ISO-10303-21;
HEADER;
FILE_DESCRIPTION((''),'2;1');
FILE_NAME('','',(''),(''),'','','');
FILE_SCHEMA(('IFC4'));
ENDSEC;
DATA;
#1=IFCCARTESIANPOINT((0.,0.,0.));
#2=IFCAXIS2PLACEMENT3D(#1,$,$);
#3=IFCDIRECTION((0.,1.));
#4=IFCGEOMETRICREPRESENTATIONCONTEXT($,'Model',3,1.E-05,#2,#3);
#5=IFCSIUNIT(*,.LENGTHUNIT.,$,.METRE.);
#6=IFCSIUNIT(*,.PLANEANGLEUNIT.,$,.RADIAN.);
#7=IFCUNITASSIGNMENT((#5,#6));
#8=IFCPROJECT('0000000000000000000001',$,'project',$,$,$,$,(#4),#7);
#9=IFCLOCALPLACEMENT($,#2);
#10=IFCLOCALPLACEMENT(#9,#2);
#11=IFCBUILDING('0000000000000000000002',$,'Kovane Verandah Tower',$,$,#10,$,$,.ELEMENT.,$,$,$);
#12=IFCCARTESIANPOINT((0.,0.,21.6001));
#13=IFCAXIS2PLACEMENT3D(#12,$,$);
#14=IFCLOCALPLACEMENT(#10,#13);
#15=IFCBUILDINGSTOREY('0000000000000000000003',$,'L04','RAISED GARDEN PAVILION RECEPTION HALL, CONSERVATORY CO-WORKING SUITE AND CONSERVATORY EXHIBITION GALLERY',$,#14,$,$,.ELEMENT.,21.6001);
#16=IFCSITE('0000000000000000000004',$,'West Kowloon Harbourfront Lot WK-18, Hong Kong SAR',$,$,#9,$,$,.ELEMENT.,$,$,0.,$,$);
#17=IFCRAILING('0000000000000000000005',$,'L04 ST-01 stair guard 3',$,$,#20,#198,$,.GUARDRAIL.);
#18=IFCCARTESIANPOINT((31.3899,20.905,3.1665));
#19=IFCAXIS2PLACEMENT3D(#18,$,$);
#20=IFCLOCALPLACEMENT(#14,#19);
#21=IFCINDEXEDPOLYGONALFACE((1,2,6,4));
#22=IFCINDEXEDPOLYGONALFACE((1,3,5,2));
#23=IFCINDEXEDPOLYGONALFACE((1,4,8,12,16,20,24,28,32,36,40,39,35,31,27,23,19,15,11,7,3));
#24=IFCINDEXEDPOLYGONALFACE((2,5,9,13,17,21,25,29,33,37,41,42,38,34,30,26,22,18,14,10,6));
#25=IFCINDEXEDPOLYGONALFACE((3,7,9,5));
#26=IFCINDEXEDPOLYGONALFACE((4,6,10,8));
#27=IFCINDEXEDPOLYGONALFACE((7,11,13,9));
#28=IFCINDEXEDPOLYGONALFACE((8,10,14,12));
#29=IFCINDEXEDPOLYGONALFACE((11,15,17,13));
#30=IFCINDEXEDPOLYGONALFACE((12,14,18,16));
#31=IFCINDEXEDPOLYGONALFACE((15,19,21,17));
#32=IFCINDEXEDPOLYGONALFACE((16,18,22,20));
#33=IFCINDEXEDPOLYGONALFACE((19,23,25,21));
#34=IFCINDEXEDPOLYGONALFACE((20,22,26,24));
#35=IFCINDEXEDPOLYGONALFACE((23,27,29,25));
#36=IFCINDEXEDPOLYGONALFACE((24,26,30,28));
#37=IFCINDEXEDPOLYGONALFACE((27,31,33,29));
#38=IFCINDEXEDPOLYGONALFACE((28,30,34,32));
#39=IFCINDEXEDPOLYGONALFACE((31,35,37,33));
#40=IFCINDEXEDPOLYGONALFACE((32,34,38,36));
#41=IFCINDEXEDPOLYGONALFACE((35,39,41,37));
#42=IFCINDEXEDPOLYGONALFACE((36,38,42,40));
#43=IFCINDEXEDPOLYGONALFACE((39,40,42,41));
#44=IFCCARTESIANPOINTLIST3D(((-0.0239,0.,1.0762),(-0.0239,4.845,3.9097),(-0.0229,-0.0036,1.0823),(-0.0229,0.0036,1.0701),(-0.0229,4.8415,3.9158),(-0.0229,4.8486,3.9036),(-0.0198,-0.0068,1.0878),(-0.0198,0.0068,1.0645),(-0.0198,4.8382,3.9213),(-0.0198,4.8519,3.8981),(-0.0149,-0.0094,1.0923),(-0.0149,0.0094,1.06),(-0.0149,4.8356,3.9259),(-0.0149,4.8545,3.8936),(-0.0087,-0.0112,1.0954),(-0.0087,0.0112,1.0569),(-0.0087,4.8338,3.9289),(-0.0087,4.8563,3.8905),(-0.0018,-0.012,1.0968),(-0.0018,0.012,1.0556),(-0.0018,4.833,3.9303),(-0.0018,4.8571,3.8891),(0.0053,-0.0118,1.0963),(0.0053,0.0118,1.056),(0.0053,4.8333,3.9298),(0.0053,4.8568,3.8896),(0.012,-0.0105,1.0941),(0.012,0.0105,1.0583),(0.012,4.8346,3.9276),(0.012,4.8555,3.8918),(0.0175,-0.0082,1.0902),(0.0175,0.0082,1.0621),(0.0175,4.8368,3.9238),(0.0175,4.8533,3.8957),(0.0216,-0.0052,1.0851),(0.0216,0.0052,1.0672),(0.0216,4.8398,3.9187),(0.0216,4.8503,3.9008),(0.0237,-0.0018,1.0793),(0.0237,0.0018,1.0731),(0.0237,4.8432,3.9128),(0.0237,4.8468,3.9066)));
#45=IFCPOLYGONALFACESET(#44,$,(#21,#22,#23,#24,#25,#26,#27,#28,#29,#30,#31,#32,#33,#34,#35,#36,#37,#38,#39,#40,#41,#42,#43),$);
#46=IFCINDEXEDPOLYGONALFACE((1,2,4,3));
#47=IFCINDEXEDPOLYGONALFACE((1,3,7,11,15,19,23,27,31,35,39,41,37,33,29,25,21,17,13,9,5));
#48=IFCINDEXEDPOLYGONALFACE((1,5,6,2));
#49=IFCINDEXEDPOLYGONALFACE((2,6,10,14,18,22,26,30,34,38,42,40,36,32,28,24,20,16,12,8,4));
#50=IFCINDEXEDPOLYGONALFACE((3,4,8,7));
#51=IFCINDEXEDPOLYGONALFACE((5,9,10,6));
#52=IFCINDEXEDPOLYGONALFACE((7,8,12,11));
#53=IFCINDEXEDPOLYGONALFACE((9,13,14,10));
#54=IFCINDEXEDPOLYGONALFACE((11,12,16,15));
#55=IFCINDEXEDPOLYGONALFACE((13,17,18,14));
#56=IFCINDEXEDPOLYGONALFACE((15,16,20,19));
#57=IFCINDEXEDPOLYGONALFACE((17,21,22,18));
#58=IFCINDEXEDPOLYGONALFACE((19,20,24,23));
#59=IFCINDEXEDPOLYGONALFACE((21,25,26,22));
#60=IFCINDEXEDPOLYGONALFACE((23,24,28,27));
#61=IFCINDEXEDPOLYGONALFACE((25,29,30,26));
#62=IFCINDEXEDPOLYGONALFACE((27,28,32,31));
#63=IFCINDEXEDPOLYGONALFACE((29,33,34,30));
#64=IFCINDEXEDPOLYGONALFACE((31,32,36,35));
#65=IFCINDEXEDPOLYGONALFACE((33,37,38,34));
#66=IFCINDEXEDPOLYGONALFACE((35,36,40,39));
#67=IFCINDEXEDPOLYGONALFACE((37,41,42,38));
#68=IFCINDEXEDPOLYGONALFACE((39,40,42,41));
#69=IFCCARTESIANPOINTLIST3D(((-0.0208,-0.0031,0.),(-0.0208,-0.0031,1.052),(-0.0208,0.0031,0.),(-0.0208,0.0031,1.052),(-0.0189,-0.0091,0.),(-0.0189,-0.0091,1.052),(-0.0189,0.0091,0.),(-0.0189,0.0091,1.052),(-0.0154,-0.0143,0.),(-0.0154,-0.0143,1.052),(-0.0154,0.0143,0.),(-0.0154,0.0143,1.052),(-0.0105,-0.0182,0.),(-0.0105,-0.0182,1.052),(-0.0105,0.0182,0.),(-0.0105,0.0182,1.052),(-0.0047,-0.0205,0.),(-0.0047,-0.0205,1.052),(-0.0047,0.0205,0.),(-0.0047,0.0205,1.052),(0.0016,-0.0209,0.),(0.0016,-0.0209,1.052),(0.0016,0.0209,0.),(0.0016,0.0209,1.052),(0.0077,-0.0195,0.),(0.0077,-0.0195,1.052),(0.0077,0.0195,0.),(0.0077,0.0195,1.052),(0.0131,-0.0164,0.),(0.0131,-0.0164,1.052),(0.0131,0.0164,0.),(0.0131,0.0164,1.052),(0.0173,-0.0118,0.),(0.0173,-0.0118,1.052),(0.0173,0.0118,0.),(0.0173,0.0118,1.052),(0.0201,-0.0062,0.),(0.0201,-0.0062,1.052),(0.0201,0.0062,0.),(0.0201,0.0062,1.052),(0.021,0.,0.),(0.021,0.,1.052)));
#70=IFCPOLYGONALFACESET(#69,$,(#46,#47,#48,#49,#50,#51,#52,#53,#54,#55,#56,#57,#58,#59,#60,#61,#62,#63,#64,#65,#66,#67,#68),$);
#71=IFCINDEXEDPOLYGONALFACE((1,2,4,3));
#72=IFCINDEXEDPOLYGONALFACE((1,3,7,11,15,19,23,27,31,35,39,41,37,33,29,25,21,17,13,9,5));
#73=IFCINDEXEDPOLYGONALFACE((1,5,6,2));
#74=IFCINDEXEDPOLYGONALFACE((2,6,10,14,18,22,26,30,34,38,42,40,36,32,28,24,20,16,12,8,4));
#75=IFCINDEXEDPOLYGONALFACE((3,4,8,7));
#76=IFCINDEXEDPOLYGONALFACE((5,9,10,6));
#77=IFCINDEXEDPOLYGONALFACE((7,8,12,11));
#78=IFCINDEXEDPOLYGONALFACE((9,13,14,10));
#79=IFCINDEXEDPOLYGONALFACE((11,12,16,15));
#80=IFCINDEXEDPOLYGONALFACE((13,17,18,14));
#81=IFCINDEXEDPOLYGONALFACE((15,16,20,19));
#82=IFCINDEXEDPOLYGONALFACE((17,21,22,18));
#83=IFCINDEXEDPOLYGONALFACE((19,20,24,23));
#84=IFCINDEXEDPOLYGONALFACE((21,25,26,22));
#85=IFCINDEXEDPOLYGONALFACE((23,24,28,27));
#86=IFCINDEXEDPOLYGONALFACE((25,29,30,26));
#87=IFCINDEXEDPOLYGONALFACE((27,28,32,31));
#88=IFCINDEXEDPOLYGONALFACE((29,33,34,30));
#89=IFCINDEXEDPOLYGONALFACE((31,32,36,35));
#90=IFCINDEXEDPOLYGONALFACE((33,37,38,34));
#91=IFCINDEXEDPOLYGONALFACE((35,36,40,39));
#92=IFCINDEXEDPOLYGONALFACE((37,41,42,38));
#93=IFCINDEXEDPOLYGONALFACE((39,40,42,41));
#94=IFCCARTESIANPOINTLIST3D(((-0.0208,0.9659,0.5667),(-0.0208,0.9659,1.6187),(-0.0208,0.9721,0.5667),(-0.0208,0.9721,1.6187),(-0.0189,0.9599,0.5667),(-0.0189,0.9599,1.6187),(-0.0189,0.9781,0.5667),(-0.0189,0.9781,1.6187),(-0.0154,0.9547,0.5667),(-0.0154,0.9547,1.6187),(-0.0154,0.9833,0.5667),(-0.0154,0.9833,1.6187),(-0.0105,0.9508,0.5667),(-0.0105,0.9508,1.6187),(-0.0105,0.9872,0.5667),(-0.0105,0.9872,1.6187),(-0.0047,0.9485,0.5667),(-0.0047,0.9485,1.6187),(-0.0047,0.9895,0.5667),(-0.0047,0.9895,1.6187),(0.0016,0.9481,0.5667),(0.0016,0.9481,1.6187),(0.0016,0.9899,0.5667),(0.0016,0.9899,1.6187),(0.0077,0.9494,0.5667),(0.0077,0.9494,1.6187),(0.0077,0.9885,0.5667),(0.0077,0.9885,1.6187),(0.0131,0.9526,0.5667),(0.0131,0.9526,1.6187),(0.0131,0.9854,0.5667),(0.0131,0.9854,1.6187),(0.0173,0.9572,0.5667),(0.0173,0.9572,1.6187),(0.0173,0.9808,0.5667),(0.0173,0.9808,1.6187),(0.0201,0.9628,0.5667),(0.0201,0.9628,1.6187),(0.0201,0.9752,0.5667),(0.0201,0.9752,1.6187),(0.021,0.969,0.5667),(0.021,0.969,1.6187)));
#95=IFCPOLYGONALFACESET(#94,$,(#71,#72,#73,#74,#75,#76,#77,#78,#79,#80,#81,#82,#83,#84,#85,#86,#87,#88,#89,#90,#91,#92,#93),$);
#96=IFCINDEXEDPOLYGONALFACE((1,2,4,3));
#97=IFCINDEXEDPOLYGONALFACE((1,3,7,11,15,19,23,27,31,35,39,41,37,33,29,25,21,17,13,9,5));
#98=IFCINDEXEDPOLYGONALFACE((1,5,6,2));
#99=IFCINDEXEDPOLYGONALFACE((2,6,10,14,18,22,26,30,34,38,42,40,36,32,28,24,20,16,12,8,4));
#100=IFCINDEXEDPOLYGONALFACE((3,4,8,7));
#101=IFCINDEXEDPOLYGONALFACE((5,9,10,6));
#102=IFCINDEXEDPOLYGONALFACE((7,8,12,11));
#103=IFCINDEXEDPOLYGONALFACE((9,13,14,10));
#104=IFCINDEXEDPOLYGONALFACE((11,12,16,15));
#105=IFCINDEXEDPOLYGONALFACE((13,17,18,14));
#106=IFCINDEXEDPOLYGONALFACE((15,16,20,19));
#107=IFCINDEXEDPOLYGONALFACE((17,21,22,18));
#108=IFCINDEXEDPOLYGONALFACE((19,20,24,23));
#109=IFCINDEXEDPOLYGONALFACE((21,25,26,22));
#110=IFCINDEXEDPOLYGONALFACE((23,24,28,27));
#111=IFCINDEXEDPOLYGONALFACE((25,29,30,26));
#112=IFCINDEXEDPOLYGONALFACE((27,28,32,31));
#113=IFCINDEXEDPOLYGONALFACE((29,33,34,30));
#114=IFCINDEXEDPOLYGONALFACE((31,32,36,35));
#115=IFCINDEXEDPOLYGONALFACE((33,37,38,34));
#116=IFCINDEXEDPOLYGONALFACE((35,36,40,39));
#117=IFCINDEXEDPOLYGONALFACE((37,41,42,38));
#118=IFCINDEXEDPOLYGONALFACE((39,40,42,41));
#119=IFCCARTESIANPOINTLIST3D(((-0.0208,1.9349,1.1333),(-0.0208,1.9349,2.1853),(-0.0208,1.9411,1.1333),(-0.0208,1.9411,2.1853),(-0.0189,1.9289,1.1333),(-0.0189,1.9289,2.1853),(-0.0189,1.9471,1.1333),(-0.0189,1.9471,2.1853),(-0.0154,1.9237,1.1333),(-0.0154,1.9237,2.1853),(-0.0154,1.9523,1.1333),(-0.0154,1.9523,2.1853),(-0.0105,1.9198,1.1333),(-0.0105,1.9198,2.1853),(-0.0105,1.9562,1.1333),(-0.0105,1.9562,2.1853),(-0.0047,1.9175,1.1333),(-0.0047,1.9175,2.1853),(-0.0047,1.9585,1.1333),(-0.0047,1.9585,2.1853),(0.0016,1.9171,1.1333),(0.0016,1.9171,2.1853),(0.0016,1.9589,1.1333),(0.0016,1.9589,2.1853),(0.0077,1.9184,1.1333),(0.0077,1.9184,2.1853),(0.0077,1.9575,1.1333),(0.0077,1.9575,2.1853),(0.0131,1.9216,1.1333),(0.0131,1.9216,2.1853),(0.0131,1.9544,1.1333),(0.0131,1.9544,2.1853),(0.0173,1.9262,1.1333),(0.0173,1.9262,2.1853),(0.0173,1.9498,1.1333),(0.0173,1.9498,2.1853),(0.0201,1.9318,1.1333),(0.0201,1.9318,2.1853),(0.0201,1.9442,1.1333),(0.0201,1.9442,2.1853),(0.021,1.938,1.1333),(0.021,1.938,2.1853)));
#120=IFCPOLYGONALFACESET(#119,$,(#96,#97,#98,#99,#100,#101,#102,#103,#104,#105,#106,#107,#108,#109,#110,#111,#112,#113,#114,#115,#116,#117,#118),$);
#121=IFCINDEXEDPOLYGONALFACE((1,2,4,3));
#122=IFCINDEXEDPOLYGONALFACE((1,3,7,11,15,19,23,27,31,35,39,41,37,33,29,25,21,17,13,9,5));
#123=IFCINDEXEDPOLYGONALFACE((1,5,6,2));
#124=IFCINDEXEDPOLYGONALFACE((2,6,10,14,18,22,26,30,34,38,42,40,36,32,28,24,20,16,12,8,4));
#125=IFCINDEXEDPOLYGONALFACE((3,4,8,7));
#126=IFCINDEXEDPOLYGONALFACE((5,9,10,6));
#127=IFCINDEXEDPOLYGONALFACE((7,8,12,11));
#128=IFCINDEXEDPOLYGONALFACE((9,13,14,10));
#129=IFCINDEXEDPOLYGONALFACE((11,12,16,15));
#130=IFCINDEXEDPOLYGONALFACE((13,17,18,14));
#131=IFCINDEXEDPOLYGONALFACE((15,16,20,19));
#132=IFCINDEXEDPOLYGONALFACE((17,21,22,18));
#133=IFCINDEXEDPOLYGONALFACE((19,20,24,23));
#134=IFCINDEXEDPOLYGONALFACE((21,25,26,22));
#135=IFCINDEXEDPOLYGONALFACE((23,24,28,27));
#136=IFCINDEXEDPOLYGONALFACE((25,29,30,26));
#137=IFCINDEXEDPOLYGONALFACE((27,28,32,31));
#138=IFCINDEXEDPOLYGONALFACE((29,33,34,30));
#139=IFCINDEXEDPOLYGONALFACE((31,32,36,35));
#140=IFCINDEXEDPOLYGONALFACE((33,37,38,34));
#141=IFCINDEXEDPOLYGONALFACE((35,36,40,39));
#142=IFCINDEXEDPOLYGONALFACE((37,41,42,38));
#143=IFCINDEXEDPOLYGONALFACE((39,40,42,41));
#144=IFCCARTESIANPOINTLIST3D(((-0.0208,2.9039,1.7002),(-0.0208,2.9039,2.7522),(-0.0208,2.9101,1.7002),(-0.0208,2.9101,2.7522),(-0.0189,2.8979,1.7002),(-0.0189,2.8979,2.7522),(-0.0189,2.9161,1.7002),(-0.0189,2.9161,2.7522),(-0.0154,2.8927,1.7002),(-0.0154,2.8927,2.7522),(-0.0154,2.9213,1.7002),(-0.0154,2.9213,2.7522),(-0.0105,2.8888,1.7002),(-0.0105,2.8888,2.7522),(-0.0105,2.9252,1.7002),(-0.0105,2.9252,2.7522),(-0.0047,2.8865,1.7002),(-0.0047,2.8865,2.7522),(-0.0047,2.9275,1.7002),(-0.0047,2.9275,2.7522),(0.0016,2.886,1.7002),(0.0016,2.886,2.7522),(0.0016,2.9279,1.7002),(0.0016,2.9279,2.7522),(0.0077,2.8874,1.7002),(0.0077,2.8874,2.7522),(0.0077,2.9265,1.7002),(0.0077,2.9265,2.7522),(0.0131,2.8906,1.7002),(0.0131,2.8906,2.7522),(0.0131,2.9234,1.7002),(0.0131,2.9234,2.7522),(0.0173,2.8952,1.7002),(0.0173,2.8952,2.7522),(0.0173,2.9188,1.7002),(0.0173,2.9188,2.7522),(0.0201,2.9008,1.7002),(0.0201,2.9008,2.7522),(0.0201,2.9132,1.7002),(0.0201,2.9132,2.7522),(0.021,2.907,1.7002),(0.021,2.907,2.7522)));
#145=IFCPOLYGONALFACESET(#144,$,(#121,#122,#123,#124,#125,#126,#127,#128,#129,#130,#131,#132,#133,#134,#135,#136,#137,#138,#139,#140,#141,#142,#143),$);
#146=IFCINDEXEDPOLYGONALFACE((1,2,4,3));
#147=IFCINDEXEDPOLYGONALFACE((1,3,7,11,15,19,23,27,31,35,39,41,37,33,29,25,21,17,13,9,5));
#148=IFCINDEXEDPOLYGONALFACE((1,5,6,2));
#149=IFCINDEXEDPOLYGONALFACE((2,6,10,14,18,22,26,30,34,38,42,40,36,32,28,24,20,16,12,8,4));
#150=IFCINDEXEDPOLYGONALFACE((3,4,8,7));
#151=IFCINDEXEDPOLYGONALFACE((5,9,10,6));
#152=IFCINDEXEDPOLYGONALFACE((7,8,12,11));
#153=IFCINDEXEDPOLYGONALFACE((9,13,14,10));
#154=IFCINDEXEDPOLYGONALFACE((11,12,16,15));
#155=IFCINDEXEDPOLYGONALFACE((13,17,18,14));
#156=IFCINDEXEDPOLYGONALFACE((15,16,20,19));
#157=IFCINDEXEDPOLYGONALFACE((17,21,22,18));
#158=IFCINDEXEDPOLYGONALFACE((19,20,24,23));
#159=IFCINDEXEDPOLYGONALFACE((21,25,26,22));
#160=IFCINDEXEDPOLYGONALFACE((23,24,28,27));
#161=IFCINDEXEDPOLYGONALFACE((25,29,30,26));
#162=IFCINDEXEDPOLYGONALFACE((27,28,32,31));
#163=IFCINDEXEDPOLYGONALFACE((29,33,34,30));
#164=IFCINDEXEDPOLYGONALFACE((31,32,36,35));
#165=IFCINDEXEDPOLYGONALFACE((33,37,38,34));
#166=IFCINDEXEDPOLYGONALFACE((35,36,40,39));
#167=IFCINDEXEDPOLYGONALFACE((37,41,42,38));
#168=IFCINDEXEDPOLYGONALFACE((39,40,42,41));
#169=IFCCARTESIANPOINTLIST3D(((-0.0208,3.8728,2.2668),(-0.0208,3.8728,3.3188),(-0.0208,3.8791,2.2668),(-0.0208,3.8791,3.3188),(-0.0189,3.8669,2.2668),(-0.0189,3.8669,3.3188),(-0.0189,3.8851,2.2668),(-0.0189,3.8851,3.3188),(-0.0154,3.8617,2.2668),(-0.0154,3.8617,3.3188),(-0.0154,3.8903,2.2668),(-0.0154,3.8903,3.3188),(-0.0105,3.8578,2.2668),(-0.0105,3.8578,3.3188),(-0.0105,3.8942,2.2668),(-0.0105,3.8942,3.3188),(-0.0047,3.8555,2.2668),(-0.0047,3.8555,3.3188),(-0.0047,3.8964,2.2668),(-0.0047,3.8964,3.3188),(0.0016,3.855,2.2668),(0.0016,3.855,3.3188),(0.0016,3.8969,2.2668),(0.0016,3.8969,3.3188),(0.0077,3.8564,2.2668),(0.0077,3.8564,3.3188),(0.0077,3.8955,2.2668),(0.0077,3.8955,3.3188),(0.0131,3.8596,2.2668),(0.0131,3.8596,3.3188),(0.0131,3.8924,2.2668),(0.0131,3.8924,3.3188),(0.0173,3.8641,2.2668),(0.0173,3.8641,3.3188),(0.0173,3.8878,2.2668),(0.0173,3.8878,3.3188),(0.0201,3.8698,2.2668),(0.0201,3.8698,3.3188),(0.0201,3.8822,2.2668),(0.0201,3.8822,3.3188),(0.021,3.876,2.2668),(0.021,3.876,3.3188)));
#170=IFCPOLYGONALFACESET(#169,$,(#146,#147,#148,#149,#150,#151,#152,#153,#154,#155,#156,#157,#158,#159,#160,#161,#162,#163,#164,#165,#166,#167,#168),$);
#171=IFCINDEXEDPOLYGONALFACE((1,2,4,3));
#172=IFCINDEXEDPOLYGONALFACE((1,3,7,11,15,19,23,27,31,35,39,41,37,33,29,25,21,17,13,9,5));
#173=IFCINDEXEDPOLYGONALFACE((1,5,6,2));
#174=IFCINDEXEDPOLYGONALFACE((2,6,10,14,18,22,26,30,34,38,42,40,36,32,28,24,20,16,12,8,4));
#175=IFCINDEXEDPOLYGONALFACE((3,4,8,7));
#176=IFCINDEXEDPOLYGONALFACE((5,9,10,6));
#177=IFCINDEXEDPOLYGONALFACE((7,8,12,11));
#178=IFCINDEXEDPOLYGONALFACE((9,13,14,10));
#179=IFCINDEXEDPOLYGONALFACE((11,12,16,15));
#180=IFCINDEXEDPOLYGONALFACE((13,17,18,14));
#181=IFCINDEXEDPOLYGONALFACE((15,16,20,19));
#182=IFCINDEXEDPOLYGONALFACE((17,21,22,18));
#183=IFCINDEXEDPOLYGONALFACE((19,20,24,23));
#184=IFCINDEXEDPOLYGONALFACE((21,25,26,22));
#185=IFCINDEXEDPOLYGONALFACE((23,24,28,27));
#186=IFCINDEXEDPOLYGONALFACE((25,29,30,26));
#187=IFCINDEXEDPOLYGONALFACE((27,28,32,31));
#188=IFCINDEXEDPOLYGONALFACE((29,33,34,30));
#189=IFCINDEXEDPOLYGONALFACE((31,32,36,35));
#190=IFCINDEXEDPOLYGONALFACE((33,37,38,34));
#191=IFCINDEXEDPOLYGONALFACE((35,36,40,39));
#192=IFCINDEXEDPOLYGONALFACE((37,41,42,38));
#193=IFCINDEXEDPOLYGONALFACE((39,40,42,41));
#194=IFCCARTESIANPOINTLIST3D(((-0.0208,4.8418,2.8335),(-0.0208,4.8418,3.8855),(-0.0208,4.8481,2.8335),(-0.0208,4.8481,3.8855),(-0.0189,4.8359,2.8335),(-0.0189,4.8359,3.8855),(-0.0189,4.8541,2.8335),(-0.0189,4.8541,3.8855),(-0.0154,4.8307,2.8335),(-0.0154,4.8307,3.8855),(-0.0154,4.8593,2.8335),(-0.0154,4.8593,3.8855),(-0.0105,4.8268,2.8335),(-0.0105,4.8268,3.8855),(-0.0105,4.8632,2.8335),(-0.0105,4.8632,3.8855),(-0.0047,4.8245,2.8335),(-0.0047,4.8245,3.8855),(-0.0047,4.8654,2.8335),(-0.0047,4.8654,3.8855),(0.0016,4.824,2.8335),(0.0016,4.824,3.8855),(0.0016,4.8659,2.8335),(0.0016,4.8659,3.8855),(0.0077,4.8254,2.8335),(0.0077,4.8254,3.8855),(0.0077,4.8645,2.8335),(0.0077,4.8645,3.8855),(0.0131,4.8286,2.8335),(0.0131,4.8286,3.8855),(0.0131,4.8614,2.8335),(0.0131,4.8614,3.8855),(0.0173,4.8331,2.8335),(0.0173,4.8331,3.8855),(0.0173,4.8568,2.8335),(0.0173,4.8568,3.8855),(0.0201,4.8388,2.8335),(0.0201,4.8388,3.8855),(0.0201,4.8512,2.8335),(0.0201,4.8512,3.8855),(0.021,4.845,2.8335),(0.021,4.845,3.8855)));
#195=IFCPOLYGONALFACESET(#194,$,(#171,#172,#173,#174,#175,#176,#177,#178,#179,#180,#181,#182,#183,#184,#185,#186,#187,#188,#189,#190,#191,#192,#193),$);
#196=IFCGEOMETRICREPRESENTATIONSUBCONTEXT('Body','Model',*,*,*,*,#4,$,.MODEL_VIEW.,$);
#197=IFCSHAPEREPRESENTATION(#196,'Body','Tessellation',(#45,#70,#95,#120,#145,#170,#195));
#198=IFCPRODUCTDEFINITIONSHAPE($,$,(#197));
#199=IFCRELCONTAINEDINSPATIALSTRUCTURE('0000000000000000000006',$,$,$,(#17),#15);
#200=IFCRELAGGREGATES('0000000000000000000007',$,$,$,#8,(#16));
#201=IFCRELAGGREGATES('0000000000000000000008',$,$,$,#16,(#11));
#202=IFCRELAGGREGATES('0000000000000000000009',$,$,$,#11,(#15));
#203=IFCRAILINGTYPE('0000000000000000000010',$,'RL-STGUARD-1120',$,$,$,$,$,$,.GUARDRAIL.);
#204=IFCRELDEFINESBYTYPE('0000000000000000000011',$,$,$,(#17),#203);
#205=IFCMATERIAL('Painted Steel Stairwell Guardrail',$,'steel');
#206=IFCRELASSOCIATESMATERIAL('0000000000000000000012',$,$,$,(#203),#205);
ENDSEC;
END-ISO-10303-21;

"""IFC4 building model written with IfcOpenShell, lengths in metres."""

from ifc_helpers import new_model, si_unit, direction, frame, origin, origin_2d, place, context, subcontext, project, spatial, circle, extrude, material, type_object, element, save


model = new_model("IFC4")

# Units and contexts
model_context = context("Model", 3, precision=1e-05, world=origin(), true_north=direction((0.0, 1.0)))
body_context = subcontext(model_context, "Body", "Model", "MODEL_VIEW")
ifc_project = project(units=[si_unit("LENGTHUNIT", "METRE"), si_unit("PLANEANGLEUNIT", "RADIAN")], contexts=[model_context])

# Site, building, storey
site_placement = place(None, origin())
site = spatial("IfcSite", under=ifc_project, at=site_placement, Name="West Kowloon Harbourfront Lot WK-18, Hong Kong SAR", CompositionType="ELEMENT", RefElevation=0.0)
building_placement = place(site_placement, origin())
building = spatial("IfcBuilding", under=site, at=building_placement, Name="Kovane Verandah Tower", CompositionType="ELEMENT")
storey_placement = place(building_placement, frame((0.0, 0.0, 21.6001)))
storey = spatial("IfcBuildingStorey", under=building, at=storey_placement, Name="L04", Description="RAISED GARDEN PAVILION RECEPTION HALL, CONSERVATORY CO-WORKING SUITE AND CONSERVATORY EXHIBITION GALLERY", CompositionType="ELEMENT", Elevation=21.6001)

# Railing
ifc_material_1 = material(Name="Painted Steel Stairwell Guardrail", Category="steel")
railing_type_1 = type_object("IfcRailingType", Name="RL-STGUARD-1120", PredefinedType="GUARDRAIL", material=ifc_material_1)
railing_1_placement = place(storey_placement, frame((31.3899, 20.905, 3.1665)))
element("IfcRailing", 1, at=railing_1_placement, inside=storey, type_object=railing_type_1, Name="L04 ST-01 stair guard 3", PredefinedType="GUARDRAIL", context=body_context, shape_type="SweptSolid", body=[
    extrude(circle(Radius=0.0239, at=origin_2d()), frame((0.0, 0.0, 1.0762), z_axis=(0.0, 0.863215, 0.504836), x_axis=(-1.0, 0.0, 0.0)), (0.0, 0.0, 1.0), 5.6128),
    extrude(circle(Radius=0.021, at=origin_2d()), origin(), (0.0, 0.0, 1.0), 1.052),
    extrude(circle(Radius=0.021, at=origin_2d()), frame((0.0, 0.969, 0.5667)), (0.0, 0.0, 1.0), 1.052),
    extrude(circle(Radius=0.021, at=origin_2d()), frame((0.0, 1.938, 1.1333)), (0.0, 0.0, 1.0), 1.052),
    extrude(circle(Radius=0.021, at=origin_2d()), frame((0.0, 2.907, 1.7002)), (0.0, 0.0, 1.0), 1.052),
    extrude(circle(Radius=0.021, at=origin_2d()), frame((0.0, 3.876, 2.2668)), (0.0, 0.0, 1.0), 1.052),
    extrude(circle(Radius=0.021, at=origin_2d()), frame((0.0, 4.845, 2.8335)), (0.0, 0.0, 1.0), 1.052),
])

save(model, "model.ifc")
